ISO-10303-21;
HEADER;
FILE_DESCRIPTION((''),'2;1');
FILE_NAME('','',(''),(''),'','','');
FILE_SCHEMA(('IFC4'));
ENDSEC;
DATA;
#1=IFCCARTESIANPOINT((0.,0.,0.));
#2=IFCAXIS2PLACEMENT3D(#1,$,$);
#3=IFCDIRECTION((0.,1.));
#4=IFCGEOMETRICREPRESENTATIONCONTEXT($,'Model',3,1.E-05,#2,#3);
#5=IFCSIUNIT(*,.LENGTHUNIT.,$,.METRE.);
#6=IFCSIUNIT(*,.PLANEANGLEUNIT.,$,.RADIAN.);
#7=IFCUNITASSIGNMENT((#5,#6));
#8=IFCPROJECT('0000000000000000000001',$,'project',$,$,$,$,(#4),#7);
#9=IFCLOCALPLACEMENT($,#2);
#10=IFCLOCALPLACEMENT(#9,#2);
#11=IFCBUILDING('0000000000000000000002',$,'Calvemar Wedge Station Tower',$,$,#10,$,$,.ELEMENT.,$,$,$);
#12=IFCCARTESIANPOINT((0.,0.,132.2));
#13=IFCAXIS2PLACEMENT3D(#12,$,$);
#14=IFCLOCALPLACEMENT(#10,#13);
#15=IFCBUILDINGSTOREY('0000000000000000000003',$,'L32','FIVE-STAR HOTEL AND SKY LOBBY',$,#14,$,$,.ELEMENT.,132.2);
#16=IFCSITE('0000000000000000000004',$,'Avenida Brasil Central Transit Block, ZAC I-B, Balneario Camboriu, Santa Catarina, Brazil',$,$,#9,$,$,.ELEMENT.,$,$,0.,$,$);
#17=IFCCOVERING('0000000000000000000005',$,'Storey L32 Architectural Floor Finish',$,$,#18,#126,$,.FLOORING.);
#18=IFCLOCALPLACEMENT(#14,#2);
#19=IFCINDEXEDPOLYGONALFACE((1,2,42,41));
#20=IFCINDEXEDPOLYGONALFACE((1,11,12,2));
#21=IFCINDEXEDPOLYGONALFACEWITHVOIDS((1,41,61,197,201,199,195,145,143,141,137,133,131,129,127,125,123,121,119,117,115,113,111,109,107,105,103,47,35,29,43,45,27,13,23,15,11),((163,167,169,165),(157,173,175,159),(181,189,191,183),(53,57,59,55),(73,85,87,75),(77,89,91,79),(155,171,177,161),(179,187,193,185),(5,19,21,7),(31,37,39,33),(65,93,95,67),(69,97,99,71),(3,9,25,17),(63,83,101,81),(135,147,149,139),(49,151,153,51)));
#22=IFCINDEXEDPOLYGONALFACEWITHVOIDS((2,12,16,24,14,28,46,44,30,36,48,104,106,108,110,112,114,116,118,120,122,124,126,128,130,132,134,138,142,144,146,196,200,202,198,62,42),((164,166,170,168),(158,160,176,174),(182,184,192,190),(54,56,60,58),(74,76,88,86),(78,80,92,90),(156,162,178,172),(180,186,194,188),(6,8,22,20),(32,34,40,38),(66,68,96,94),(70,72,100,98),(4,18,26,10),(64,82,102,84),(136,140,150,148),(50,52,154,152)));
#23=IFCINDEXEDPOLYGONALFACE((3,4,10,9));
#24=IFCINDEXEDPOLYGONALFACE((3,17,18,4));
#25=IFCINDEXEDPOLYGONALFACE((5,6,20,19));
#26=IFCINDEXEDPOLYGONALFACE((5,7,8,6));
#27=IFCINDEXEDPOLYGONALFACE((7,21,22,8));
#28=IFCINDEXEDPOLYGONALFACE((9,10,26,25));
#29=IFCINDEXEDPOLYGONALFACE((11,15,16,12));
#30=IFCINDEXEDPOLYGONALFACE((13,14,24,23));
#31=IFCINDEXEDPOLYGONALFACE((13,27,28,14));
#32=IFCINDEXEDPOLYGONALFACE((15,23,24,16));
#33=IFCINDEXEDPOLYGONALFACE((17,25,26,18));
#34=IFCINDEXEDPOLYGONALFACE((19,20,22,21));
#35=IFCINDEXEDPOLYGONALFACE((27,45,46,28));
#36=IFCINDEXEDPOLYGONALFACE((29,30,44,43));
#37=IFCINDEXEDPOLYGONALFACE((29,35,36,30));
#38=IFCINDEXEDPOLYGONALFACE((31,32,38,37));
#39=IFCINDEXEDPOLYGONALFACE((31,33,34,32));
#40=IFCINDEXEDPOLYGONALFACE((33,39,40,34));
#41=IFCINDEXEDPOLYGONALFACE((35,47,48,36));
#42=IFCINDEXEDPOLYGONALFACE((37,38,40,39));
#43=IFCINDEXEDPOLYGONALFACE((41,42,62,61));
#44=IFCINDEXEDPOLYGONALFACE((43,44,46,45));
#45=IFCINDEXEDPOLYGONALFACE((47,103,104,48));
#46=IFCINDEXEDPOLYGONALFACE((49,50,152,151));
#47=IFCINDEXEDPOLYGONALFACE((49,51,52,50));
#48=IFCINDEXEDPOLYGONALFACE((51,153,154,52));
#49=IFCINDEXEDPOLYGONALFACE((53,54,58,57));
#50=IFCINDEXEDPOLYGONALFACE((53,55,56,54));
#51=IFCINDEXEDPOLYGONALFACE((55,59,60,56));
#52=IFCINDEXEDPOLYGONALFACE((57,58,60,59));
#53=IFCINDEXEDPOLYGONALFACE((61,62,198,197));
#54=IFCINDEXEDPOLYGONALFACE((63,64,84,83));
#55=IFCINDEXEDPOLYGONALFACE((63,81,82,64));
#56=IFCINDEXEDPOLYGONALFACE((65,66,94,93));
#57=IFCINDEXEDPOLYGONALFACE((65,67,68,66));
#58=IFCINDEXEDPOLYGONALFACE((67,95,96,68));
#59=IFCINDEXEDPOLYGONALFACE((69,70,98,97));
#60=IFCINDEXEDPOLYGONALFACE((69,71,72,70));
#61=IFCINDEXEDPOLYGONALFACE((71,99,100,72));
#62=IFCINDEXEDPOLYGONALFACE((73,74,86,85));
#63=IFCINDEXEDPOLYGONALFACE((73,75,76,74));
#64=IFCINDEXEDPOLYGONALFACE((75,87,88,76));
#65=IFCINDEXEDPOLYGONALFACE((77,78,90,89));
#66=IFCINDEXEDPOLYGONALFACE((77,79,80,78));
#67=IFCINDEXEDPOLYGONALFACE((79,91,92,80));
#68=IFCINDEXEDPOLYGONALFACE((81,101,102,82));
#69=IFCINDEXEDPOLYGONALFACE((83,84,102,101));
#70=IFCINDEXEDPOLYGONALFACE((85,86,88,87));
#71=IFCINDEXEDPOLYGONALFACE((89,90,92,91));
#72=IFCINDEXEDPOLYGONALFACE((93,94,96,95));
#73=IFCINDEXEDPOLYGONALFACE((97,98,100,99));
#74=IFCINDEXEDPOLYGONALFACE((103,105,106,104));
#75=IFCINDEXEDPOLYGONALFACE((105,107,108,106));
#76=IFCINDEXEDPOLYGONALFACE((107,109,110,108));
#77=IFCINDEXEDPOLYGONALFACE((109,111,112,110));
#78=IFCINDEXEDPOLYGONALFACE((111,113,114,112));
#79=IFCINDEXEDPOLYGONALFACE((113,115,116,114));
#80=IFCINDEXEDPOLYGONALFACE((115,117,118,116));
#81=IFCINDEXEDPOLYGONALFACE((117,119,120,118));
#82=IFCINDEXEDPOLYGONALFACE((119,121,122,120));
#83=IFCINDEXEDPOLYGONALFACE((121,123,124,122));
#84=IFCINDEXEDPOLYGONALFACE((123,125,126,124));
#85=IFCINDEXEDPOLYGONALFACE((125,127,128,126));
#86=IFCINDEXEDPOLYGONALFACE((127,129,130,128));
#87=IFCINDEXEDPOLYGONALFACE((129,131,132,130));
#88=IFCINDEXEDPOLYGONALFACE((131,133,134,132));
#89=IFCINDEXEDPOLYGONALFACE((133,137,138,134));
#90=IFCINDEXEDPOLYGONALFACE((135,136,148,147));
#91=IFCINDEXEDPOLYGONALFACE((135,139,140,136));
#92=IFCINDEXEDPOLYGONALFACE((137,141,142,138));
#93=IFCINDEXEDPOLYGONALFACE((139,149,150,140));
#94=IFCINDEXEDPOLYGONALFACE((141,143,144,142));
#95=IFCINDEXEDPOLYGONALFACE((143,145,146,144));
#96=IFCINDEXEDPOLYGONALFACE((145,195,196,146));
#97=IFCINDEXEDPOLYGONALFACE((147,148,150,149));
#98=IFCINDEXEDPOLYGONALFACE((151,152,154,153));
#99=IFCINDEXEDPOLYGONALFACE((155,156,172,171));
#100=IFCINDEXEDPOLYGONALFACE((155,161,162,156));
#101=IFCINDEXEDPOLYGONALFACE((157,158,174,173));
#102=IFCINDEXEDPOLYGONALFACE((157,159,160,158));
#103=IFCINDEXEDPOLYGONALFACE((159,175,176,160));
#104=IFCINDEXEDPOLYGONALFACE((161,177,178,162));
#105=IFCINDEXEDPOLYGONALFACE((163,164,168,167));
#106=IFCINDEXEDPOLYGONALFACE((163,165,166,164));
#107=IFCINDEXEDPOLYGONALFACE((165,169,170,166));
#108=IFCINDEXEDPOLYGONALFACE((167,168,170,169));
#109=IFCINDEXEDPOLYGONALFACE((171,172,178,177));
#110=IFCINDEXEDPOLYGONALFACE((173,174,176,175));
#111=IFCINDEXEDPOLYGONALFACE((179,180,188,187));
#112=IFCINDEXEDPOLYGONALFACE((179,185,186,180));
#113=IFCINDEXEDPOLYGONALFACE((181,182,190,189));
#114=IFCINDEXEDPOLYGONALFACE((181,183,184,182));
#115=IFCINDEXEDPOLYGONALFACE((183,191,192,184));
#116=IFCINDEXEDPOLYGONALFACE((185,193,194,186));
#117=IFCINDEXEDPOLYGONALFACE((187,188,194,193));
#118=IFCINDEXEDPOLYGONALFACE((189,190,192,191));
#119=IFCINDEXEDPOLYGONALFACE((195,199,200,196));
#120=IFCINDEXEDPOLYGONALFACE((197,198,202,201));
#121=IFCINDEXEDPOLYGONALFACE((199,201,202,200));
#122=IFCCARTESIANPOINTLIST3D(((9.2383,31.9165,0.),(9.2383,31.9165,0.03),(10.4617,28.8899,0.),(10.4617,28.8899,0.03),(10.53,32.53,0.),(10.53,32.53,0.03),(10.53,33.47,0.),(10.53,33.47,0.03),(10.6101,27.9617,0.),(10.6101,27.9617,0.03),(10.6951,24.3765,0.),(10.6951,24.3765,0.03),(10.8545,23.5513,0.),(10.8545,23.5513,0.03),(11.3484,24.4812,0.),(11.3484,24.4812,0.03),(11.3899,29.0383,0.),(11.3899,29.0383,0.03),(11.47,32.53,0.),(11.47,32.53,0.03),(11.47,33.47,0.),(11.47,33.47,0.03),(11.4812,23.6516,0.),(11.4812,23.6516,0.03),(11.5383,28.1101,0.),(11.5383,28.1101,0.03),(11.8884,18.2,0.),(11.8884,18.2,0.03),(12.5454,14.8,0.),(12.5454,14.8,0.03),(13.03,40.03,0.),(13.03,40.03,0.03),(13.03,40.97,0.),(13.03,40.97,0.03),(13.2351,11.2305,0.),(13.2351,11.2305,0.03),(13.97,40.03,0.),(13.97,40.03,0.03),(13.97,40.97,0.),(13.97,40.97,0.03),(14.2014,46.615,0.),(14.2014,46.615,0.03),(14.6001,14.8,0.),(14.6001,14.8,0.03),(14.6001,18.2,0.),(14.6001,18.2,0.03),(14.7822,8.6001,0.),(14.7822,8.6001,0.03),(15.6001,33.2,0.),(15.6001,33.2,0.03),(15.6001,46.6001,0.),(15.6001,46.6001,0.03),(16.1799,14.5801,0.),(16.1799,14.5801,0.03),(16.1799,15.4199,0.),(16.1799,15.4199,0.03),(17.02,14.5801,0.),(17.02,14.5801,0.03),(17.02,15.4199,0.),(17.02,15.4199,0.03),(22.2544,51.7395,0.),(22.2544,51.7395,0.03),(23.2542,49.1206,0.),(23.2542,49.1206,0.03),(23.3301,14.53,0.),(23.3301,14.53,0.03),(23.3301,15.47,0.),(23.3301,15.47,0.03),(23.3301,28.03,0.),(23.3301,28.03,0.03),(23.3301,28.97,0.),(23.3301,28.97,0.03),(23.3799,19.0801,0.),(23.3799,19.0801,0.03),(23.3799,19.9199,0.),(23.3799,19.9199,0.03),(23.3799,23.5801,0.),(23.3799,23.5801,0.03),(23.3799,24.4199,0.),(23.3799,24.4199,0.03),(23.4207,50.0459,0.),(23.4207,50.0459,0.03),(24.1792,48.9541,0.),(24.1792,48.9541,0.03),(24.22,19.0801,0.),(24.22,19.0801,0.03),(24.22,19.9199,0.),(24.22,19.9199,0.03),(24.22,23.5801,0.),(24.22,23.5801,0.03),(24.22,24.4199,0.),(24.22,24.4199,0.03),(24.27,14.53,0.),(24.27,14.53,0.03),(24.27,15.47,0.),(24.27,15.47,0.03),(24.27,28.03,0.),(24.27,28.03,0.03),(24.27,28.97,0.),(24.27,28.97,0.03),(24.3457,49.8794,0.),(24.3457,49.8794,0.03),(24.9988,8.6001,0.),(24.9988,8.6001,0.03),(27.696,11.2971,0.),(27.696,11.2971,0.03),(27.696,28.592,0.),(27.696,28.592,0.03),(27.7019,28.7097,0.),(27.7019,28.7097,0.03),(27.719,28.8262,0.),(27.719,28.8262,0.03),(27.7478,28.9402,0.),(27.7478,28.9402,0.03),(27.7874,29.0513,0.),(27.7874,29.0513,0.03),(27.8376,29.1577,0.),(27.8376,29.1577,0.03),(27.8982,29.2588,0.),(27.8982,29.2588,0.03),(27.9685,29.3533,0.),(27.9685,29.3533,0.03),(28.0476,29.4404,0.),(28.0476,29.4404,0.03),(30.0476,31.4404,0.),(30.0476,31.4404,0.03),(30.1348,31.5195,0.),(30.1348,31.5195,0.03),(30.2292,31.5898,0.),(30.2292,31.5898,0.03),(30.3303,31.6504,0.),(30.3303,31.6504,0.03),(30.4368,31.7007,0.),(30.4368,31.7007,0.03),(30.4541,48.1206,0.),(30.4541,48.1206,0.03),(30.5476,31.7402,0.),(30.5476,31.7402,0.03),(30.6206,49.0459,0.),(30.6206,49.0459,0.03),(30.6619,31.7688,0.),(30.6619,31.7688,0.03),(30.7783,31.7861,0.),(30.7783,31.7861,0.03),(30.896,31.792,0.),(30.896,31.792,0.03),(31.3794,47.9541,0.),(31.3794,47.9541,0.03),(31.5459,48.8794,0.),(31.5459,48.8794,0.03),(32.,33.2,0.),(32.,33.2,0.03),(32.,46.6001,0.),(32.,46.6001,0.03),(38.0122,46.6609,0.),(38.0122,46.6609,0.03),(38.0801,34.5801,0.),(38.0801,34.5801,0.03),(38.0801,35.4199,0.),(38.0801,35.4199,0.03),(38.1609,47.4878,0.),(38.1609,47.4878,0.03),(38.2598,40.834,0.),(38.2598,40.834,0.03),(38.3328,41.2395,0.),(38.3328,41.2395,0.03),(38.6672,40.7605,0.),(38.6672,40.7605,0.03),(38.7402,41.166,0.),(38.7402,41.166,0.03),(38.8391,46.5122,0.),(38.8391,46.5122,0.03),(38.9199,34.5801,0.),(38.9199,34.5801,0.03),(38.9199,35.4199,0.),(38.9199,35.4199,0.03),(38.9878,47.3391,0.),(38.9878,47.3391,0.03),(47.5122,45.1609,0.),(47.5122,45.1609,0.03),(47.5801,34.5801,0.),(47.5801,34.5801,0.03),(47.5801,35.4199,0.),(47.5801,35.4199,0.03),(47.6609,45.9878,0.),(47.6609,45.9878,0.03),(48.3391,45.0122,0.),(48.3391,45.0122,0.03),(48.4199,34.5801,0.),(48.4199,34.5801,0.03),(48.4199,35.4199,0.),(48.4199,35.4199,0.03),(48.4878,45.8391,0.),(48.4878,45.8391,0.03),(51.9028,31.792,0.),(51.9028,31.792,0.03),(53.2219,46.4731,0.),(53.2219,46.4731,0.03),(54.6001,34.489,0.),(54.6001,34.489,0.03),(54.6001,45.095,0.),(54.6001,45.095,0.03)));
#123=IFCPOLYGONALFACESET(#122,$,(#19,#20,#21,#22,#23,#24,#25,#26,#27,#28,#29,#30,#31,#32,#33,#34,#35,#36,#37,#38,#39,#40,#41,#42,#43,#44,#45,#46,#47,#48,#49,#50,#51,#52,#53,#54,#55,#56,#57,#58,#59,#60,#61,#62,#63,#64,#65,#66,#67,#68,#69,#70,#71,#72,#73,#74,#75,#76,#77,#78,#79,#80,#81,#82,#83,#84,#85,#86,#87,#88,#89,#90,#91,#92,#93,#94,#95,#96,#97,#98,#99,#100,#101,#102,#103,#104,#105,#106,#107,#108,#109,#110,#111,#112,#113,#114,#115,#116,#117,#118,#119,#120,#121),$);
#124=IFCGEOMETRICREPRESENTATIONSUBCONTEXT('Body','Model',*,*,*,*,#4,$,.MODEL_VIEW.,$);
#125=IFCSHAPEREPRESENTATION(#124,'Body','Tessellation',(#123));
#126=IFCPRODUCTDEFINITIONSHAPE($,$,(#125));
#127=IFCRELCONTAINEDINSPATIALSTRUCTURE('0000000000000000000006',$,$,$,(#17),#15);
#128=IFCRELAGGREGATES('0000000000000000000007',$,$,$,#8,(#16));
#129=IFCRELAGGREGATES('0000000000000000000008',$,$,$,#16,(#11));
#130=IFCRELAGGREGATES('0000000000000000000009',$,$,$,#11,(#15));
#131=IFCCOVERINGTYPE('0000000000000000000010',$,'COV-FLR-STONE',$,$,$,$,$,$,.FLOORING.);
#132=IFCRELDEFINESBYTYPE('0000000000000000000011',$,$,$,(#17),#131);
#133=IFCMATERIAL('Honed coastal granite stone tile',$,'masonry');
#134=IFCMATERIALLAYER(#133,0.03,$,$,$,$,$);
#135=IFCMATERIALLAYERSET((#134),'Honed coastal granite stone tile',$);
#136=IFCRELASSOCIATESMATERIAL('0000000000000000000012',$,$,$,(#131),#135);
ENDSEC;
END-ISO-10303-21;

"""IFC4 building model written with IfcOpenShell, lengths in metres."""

from ifc_helpers import new_model, si_unit, direction, frame, origin, place, context, subcontext, project, spatial, polyline, outline, extrude, material, layer, layer_set, type_object, element, save


model = new_model("IFC4")

# Units and contexts
model_context = context("Model", 3, precision=1e-05, world=origin(), true_north=direction((0.0, 1.0)))
body_context = subcontext(model_context, "Body", "Model", "MODEL_VIEW")
ifc_project = project(units=[si_unit("LENGTHUNIT", "METRE"), si_unit("PLANEANGLEUNIT", "RADIAN")], contexts=[model_context])

# Site, building, storey
site_placement = place(None, origin())
site = spatial("IfcSite", under=ifc_project, at=site_placement, Name="Avenida Brasil Central Transit Block, ZAC I-B, Balneario Camboriu, Santa Catarina, Brazil", CompositionType="ELEMENT", RefElevation=0.0)
building_placement = place(site_placement, origin())
building = spatial("IfcBuilding", under=site, at=building_placement, Name="Calvemar Wedge Station Tower", CompositionType="ELEMENT")
storey_placement = place(building_placement, frame((0.0, 0.0, 132.2)))
storey = spatial("IfcBuildingStorey", under=building, at=storey_placement, Name="L32", Description="FIVE-STAR HOTEL AND SKY LOBBY", CompositionType="ELEMENT", Elevation=132.2)

# Covering
ifc_material_1 = material(Name="Honed coastal granite stone tile", Category="masonry")
ifc_layer_1 = layer(ifc_material_1, 0.03)
ifc_layer_set_1 = layer_set([ifc_layer_1], Name="Honed coastal granite stone tile")
covering_type_1 = type_object("IfcCoveringType", Name="COV-FLR-STONE", PredefinedType="FLOORING", material=ifc_layer_set_1)
covering_1_placement = place(storey_placement, origin())
element("IfcCovering", 1, at=covering_1_placement, inside=storey, type_object=covering_type_1, Name="Storey L32 Architectural Floor Finish", PredefinedType="FLOORING", context=body_context, shape_type="SweptSolid", body=[
    extrude(outline(polyline([(28.0476, 29.4404), (30.0476, 31.4404), (30.1348, 31.5195), (30.2292, 31.5898), (30.3303, 31.6504), (30.4368, 31.7007), (30.5476, 31.7402), (30.6619, 31.7688), (30.7783, 31.7861), (30.896, 31.792), (51.9028, 31.792), (54.6001, 34.489), (54.6001, 45.095), (53.2219, 46.4731), (22.2544, 51.7395), (14.2014, 46.615), (9.2383, 31.9165), (10.6951, 24.3765), (11.3484, 24.4812), (11.4812, 23.6516), (10.8545, 23.5513), (11.8884, 18.2), (14.6001, 18.2), (14.6001, 14.8), (12.5454, 14.8), (13.2351, 11.2305), (14.7822, 8.6001), (24.9988, 8.6001), (27.696, 11.2971), (27.696, 28.592), (27.7019, 28.7097), (27.719, 28.8262), (27.7478, 28.9402), (27.7874, 29.0513), (27.8376, 29.1577), (27.8982, 29.2588), (27.9685, 29.3533), (28.0476, 29.4404)]), holes=[polyline([(15.6001, 46.6001), (32.0, 46.6001), (32.0, 33.2), (15.6001, 33.2), (15.6001, 46.6001)]), polyline([(10.53, 32.53), (10.53, 33.47), (11.47, 33.47), (11.47, 32.53), (10.53, 32.53)]), polyline([(13.03, 40.97), (13.97, 40.97), (13.97, 40.03), (13.03, 40.03), (13.03, 40.97)]), polyline([(24.3457, 49.8794), (24.1792, 48.9541), (23.2542, 49.1206), (23.4207, 50.0459), (24.3457, 49.8794)]), polyline([(31.3794, 47.9541), (30.4541, 48.1206), (30.6206, 49.0459), (31.5459, 48.8794), (31.3794, 47.9541)]), polyline([(38.0122, 46.6609), (38.1609, 47.4878), (38.9878, 47.3391), (38.8391, 46.5122), (38.0122, 46.6609)]), polyline([(47.6609, 45.9878), (48.4878, 45.8391), (48.3391, 45.0122), (47.5122, 45.1609), (47.6609, 45.9878)]), polyline([(38.9199, 35.4199), (38.9199, 34.5801), (38.0801, 34.5801), (38.0801, 35.4199), (38.9199, 35.4199)]), polyline([(48.4199, 34.5801), (47.5801, 34.5801), (47.5801, 35.4199), (48.4199, 35.4199), (48.4199, 34.5801)]), polyline([(38.2598, 40.834), (38.3328, 41.2395), (38.7402, 41.166), (38.6672, 40.7605), (38.2598, 40.834)]), polyline([(11.3899, 29.0383), (11.5383, 28.1101), (10.6101, 27.9617), (10.4617, 28.8899), (11.3899, 29.0383)]), polyline([(24.27, 28.03), (23.3301, 28.03), (23.3301, 28.97), (24.27, 28.97), (24.27, 28.03)]), polyline([(23.3799, 23.5801), (23.3799, 24.4199), (24.22, 24.4199), (24.22, 23.5801), (23.3799, 23.5801)]), polyline([(23.3799, 19.9199), (24.22, 19.9199), (24.22, 19.0801), (23.3799, 19.0801), (23.3799, 19.9199)]), polyline([(24.27, 15.47), (24.27, 14.53), (23.3301, 14.53), (23.3301, 15.47), (24.27, 15.47)]), polyline([(17.02, 14.5801), (16.1799, 14.5801), (16.1799, 15.4199), (17.02, 15.4199), (17.02, 14.5801)])]), origin(), (0.0, 0.0, 1.0), 0.03),
])

save(model, "model.ifc")
